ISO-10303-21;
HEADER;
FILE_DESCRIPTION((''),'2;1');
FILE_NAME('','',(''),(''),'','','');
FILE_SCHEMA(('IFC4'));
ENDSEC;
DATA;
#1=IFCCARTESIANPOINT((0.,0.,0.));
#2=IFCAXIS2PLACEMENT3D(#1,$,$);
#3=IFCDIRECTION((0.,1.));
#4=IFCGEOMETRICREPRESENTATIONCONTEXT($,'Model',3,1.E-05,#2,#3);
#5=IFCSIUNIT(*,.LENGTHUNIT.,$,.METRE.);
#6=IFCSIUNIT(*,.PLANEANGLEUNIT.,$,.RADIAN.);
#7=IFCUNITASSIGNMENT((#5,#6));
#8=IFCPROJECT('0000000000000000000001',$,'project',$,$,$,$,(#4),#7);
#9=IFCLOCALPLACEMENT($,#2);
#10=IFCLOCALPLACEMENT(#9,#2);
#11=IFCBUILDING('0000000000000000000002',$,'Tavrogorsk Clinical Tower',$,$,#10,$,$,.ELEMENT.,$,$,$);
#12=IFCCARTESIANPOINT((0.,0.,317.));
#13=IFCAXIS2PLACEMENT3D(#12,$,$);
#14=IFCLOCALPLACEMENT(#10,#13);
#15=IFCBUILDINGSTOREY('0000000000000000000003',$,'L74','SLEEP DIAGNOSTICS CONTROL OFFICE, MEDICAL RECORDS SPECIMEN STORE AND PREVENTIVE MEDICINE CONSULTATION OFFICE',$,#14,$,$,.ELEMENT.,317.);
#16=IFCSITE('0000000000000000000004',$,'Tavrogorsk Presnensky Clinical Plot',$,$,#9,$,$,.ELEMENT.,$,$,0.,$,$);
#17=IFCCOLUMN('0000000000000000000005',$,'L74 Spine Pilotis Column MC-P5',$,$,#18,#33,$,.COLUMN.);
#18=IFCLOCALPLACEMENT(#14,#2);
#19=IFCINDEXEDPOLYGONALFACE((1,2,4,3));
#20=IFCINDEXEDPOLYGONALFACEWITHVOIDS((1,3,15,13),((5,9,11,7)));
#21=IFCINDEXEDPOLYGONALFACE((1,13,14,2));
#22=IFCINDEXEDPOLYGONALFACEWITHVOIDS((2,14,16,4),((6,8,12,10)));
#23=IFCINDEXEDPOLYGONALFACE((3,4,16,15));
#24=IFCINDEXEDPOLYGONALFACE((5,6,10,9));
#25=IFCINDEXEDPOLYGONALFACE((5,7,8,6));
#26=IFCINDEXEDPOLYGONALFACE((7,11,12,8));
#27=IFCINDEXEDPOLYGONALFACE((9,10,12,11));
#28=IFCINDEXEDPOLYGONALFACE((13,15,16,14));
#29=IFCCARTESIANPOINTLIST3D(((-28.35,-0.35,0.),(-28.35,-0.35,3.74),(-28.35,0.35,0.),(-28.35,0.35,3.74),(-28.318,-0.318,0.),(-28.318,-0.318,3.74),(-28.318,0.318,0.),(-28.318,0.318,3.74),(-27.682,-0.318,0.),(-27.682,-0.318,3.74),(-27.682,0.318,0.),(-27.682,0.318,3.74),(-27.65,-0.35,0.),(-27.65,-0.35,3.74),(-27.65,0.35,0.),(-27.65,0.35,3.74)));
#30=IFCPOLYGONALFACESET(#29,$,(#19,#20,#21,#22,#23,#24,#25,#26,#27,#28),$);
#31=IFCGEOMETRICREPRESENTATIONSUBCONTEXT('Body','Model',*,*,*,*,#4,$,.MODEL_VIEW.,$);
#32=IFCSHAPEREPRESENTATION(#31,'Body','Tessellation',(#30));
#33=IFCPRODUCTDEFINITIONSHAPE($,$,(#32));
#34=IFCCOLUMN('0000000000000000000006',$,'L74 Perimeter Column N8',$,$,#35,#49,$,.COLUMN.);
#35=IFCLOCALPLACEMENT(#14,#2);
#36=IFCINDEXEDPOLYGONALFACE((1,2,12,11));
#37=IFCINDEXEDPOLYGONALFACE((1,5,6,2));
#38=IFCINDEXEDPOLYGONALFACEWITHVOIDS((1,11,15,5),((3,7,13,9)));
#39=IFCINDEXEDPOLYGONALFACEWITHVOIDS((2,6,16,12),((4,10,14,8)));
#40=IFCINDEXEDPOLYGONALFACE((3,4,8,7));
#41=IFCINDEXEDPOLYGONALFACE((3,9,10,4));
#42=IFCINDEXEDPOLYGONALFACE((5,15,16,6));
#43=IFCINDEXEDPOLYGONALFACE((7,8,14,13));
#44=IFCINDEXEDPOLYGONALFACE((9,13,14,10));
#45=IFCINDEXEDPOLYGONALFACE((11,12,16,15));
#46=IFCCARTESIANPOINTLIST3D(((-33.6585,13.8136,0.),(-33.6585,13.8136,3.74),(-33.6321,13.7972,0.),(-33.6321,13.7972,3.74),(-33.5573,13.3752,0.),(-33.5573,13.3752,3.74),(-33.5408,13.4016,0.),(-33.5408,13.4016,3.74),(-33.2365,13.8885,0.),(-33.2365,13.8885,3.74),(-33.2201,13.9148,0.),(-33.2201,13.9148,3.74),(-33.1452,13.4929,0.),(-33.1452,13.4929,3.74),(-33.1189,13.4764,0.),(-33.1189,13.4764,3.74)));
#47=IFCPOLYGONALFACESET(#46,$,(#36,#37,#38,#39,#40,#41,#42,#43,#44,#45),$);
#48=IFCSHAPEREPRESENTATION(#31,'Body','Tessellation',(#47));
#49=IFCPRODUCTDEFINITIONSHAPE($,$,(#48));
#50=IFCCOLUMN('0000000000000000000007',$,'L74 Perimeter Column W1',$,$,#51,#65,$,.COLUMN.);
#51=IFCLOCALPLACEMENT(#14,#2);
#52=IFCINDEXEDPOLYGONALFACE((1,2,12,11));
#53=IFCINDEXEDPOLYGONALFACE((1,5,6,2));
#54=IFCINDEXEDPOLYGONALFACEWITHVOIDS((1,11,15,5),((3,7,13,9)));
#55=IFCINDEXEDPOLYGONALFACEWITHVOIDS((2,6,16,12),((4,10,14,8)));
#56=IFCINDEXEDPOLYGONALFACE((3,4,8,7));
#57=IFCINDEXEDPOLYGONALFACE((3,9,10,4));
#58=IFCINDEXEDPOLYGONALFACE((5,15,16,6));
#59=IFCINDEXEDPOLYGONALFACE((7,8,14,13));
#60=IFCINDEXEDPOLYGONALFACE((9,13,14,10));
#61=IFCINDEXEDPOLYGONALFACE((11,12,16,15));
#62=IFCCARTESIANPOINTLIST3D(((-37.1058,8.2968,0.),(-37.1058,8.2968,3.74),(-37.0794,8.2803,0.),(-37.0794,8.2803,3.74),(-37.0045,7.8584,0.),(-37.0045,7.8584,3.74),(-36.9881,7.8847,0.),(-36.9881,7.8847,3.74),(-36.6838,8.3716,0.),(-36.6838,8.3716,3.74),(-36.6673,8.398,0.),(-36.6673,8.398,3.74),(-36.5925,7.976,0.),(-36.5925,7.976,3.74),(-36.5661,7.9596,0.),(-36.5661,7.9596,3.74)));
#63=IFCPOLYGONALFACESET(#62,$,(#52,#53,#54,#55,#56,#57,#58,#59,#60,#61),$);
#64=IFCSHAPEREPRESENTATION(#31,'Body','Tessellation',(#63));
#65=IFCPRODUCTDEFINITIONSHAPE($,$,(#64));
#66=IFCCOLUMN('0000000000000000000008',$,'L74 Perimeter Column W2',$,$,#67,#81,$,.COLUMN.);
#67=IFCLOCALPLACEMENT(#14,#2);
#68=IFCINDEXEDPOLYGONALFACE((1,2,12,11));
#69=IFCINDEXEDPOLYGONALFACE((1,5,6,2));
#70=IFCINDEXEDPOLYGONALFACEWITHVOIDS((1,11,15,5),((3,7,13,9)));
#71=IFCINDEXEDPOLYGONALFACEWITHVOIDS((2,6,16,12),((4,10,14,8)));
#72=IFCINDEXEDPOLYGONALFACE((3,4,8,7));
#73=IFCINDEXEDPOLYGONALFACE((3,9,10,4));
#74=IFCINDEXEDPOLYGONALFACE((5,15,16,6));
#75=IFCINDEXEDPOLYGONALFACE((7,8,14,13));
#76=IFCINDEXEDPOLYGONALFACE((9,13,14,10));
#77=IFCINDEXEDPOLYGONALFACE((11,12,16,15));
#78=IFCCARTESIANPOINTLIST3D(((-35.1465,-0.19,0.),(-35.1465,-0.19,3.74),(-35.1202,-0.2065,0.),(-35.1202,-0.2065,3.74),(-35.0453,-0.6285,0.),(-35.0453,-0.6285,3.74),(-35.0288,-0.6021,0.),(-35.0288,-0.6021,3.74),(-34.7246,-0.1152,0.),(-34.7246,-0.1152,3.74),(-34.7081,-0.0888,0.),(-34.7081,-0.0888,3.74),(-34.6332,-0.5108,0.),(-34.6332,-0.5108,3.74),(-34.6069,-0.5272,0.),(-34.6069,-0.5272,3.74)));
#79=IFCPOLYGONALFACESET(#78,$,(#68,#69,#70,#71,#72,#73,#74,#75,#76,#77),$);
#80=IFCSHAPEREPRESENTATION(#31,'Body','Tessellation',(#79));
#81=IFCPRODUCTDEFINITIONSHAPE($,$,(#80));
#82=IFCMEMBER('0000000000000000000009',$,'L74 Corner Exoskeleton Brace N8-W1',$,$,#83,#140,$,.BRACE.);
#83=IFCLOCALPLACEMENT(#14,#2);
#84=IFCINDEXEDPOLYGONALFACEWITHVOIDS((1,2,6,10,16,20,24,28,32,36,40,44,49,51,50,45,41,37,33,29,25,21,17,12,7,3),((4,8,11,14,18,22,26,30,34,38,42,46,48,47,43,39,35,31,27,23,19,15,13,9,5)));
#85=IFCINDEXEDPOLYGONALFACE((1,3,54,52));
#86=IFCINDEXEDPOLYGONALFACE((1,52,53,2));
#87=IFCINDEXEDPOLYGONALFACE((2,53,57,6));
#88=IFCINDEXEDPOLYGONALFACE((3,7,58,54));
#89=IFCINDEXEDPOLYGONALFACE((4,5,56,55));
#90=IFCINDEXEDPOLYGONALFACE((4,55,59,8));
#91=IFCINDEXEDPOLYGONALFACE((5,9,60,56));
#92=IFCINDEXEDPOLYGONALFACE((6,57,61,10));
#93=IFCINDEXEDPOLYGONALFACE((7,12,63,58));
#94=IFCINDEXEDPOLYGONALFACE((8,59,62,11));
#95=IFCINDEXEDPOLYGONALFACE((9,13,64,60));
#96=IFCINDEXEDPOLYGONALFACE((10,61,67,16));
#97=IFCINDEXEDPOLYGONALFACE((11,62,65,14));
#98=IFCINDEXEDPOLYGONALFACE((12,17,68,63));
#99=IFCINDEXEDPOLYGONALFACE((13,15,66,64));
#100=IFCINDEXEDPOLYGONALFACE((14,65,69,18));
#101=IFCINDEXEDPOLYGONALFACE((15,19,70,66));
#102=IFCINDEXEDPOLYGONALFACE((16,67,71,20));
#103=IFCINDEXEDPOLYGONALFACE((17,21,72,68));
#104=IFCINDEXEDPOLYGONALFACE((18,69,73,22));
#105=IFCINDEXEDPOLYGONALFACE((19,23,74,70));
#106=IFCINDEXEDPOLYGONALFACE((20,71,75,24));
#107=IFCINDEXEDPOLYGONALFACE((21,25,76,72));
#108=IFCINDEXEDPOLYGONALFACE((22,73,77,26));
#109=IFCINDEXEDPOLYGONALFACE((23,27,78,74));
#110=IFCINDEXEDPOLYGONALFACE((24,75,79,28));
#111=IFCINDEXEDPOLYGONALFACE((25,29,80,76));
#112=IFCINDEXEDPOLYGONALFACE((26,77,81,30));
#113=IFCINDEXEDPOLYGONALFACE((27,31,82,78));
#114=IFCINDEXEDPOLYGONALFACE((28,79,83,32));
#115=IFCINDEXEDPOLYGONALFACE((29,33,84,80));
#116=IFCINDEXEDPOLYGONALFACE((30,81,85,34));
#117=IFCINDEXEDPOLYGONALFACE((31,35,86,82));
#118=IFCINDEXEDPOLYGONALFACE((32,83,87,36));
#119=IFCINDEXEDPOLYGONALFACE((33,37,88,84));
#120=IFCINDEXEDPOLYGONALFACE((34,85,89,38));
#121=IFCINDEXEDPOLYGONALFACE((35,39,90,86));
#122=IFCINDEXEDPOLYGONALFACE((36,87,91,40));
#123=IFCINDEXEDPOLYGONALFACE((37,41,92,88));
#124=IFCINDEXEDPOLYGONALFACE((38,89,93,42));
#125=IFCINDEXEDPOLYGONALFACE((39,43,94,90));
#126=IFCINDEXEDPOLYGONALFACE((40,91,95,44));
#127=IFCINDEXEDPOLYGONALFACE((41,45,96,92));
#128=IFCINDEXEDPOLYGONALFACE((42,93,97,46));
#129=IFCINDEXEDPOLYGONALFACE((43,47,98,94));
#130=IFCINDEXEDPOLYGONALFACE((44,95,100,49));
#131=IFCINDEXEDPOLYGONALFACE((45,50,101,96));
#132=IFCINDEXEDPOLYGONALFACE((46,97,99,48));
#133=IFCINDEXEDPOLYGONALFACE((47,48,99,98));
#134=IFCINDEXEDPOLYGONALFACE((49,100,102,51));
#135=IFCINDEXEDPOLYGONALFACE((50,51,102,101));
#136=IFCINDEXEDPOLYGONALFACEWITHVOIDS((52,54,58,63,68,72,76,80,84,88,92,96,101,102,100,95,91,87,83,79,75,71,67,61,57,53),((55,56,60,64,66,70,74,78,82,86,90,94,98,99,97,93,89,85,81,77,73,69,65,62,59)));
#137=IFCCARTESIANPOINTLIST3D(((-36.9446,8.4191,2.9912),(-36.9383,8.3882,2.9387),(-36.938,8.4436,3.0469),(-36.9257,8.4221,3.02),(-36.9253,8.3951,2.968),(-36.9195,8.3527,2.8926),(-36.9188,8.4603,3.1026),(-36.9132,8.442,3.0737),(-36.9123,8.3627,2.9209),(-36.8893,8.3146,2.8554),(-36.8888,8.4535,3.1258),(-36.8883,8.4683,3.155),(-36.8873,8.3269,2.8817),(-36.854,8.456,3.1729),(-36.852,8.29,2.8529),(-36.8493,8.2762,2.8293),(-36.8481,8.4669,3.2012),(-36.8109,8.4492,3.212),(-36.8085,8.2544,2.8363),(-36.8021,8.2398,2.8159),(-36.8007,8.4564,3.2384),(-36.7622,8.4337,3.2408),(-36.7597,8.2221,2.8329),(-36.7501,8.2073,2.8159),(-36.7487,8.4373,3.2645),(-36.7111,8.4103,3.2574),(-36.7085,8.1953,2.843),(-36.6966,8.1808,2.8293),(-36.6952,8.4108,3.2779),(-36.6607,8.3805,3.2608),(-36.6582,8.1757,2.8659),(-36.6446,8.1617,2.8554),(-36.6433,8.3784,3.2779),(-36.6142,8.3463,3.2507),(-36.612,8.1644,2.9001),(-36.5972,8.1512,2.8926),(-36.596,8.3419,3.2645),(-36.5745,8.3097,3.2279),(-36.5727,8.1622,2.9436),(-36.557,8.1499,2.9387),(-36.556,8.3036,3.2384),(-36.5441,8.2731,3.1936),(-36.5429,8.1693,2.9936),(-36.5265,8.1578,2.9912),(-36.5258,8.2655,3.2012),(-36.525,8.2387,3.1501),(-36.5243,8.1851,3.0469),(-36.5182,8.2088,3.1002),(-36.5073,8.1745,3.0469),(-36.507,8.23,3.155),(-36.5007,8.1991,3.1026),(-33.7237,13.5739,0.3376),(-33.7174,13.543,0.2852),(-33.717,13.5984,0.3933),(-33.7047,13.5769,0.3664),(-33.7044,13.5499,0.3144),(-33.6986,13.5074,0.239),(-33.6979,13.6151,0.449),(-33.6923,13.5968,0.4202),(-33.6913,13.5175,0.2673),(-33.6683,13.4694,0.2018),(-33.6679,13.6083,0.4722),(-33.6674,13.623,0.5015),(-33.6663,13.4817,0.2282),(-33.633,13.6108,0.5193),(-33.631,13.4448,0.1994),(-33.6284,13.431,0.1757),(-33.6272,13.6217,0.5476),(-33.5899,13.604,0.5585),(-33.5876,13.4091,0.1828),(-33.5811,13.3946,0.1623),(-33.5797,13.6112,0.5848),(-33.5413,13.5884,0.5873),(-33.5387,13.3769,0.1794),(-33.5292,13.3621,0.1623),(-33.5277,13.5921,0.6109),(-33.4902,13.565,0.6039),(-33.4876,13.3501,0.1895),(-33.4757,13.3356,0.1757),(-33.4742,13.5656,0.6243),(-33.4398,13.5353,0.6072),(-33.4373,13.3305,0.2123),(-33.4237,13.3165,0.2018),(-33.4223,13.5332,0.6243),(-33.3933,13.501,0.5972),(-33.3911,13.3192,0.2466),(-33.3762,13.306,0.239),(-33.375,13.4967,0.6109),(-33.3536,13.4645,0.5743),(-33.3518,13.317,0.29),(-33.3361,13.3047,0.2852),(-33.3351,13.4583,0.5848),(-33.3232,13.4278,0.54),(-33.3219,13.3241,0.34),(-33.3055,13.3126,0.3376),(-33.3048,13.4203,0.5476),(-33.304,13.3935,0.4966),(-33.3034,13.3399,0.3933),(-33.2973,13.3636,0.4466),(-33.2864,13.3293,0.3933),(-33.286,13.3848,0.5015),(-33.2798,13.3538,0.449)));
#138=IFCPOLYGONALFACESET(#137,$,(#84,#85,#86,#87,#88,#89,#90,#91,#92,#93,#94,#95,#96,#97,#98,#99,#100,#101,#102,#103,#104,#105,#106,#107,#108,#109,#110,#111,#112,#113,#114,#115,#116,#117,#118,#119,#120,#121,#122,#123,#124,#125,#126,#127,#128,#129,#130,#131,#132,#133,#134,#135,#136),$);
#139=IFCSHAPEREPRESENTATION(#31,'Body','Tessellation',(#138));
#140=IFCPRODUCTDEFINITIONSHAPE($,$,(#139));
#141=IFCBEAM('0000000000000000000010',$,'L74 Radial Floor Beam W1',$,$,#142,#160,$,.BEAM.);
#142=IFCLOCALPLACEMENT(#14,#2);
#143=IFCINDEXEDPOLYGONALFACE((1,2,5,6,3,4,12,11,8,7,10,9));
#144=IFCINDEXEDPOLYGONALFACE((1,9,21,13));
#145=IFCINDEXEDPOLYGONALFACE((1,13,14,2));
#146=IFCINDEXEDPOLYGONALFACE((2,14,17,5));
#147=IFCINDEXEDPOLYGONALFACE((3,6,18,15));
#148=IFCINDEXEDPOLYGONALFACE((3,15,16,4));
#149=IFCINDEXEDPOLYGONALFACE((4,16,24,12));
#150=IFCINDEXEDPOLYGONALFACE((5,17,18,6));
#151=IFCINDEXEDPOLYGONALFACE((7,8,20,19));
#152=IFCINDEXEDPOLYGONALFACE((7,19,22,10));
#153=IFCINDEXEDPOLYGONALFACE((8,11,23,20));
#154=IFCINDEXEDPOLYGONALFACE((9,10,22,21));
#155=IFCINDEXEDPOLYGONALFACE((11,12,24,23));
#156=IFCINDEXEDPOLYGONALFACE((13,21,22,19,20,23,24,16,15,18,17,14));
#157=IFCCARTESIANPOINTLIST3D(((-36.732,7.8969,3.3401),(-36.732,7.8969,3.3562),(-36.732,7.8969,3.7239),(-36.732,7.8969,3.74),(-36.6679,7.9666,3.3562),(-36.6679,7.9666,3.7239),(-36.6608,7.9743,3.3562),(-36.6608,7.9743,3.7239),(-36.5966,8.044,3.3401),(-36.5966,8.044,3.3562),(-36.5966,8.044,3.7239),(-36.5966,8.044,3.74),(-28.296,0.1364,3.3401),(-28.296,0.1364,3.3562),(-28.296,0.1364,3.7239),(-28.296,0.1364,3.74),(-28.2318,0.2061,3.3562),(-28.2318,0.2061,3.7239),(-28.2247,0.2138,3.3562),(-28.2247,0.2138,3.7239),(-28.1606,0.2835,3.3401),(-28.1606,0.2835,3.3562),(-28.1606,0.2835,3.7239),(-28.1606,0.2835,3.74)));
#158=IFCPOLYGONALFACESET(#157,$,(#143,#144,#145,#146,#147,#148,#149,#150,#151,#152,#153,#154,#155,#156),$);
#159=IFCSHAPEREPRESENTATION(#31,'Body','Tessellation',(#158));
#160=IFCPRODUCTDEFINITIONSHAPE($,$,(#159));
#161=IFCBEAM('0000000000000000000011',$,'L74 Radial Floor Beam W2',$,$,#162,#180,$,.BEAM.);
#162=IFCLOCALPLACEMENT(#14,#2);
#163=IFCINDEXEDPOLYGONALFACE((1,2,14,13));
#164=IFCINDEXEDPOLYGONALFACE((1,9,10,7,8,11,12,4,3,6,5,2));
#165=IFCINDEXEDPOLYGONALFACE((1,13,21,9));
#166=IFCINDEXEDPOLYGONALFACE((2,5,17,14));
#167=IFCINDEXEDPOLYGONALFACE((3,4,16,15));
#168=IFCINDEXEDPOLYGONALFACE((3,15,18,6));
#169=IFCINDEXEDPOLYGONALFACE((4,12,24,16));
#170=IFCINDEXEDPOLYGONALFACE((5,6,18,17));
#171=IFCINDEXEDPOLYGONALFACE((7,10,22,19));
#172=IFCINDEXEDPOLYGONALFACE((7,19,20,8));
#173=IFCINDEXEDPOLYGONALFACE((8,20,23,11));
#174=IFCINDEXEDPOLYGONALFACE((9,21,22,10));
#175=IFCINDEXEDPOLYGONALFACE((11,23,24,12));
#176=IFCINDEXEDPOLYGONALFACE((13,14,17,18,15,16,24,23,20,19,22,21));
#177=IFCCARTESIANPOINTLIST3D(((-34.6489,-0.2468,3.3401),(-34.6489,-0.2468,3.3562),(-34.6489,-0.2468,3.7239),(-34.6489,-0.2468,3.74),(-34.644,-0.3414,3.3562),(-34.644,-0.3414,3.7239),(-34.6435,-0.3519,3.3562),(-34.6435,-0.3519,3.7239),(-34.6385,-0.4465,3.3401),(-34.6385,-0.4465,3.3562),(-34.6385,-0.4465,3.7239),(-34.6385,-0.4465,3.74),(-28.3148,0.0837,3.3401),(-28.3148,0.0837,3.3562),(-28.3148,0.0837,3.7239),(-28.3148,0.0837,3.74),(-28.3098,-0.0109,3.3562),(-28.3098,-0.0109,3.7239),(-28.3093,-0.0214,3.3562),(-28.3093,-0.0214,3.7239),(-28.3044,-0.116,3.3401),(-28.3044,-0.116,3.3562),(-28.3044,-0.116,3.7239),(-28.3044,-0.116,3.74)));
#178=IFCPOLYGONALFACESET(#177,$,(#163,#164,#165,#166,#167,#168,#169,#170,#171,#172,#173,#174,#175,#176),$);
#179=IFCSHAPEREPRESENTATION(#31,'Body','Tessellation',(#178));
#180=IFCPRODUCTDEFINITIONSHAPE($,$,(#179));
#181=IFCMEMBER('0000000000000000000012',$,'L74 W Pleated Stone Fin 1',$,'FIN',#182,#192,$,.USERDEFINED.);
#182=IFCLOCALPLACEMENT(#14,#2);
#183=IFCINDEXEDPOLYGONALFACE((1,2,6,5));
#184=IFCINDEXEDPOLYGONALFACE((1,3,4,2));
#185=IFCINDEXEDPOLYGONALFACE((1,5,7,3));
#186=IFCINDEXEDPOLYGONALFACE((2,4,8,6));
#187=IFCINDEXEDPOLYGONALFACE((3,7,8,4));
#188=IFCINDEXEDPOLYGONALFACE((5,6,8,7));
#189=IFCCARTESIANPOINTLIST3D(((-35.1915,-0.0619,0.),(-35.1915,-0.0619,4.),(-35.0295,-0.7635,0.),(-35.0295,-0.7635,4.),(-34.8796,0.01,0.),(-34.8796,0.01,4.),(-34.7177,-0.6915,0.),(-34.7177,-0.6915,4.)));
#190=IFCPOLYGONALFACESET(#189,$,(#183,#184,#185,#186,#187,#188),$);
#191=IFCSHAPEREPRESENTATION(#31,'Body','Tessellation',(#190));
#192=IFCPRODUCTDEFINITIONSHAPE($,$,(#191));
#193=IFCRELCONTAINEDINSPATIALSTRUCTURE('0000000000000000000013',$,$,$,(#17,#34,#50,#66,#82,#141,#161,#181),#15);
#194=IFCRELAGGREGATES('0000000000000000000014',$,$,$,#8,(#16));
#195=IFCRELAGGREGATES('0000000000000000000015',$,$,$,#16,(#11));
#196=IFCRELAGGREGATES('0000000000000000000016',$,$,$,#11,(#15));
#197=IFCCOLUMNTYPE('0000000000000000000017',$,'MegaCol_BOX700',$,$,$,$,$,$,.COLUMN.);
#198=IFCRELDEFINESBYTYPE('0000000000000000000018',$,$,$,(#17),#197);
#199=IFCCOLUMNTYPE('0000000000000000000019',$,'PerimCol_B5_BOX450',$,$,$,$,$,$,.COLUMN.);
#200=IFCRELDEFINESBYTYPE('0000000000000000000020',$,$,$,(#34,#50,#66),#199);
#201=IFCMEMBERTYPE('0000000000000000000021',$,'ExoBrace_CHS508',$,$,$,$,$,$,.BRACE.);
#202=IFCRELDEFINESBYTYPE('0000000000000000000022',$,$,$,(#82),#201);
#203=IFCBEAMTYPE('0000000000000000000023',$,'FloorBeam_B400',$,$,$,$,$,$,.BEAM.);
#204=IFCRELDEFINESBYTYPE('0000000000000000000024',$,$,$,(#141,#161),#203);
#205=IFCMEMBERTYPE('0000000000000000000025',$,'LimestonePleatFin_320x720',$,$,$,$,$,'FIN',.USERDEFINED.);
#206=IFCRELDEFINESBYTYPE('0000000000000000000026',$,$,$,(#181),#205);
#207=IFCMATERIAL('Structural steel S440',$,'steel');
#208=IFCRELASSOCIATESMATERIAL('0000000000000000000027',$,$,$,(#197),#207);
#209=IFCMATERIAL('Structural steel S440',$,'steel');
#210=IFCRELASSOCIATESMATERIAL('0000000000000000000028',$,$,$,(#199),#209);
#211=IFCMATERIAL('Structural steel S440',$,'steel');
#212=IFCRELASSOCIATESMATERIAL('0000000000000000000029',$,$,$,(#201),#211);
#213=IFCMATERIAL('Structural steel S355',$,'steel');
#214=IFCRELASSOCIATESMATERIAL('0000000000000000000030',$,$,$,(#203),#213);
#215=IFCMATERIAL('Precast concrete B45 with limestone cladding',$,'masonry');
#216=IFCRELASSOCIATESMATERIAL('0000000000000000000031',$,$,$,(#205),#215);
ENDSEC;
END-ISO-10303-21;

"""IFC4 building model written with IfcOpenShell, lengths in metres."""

from ifc_helpers import new_model, si_unit, direction, frame, origin, origin_2d, place, context, subcontext, project, spatial, rectangle, hollow_rectangle, hollow_circle, i_section, extrude, material, material_profile, profile_set, type_object, element, save


model = new_model("IFC4")

# Units and contexts
model_context = context("Model", 3, precision=1e-05, world=origin(), true_north=direction((0.0, 1.0)))
body_context = subcontext(model_context, "Body", "Model", "MODEL_VIEW")
ifc_project = project(units=[si_unit("LENGTHUNIT", "METRE"), si_unit("PLANEANGLEUNIT", "RADIAN")], contexts=[model_context])

# Site, building, storey
site_placement = place(None, origin())
site = spatial("IfcSite", under=ifc_project, at=site_placement, Name="Tavrogorsk Presnensky Clinical Plot", CompositionType="ELEMENT", RefElevation=0.0)
building_placement = place(site_placement, origin())
building = spatial("IfcBuilding", under=site, at=building_placement, Name="Tavrogorsk Clinical Tower", CompositionType="ELEMENT")
storey_placement = place(building_placement, frame((0.0, 0.0, 317.0)))
storey = spatial("IfcBuildingStorey", under=building, at=storey_placement, Name="L74", Description="SLEEP DIAGNOSTICS CONTROL OFFICE, MEDICAL RECORDS SPECIMEN STORE AND PREVENTIVE MEDICINE CONSULTATION OFFICE", CompositionType="ELEMENT", Elevation=317.0)

# Columns
ifc_material_1 = material(Name="Structural steel S440", Category="steel")
ifc_material_profile_1 = material_profile(ifc_material_1, hollow_rectangle(XDim=0.7, YDim=0.7, WallThickness=0.032, at=origin_2d()), Name="BOX-700x700x32")
ifc_profile_set_1 = profile_set([ifc_material_profile_1], Name="Structural steel S440")
column_type_1 = type_object("IfcColumnType", Name="MegaCol_BOX700", PredefinedType="COLUMN", material=ifc_profile_set_1)
column_placement = place(storey_placement, frame((-28.0, 0.0, 0.0), z_axis=(0.0, 0.0, 1.0), x_axis=(1.0, 0.0, 0.0)))
element("IfcColumn", 1, at=column_placement, inside=storey, type_object=column_type_1, Name="L74 Spine Pilotis Column MC-P5", PredefinedType="COLUMN", context=body_context, shape_type="SweptSolid", body=[
    extrude(hollow_rectangle(XDim=0.7, YDim=0.7, WallThickness=0.032, at=origin_2d()), origin(), (0.0, 0.0, 1.0), 3.74),
])
ifc_material_2 = material(Name="Structural steel S440", Category="steel")
ifc_material_profile_2 = material_profile(ifc_material_2, hollow_rectangle(XDim=0.45, YDim=0.45, WallThickness=0.022, at=origin_2d()), Name="BOX-450x450x22")
ifc_profile_set_2 = profile_set([ifc_material_profile_2], Name="Structural steel S440")
column_type_2 = type_object("IfcColumnType", Name="PerimCol_B5_BOX450", PredefinedType="COLUMN", material=ifc_profile_set_2)
for number, where, z_axis, x_axis, name in (
    (2, (-33.3887, 13.645, 0.0), (0.0, 0.0, 1.0), (0.97437, 0.224951, 0.0), "L74 Perimeter Column N8"),
    (3, (-36.8359, 8.1282, 0.0), (0.0, 0.0, 1.0), (0.97437, 0.224951, 0.0), "L74 Perimeter Column W1"),
    (4, (-34.8767, -0.3586, 0.0), (0.0, 0.0, 1.0), (0.97437, 0.224951, 0.0), "L74 Perimeter Column W2"),
):
    element("IfcColumn", number, at=place(storey_placement, frame(where, z_axis=z_axis, x_axis=x_axis)), inside=storey, type_object=column_type_2, Name=name, PredefinedType="COLUMN", context=body_context, shape_type="SweptSolid", body=[
        extrude(hollow_rectangle(XDim=0.45, YDim=0.45, WallThickness=0.022, at=origin_2d()), origin(), (0.0, 0.0, 1.0), 3.74),
    ])

# Member
ifc_material_3 = material(Name="Structural steel S440", Category="steel")
ifc_material_profile_3 = material_profile(ifc_material_3, hollow_circle(Radius=0.2539, WallThickness=0.02, at=origin_2d()), Name="CHS-508x20")
ifc_profile_set_3 = profile_set([ifc_material_profile_3], Name="Structural steel S440")
member_type_1 = type_object("IfcMemberType", Name="ExoBrace_CHS508", PredefinedType="BRACE", material=ifc_profile_set_3)
member_1_placement = place(storey_placement, frame((-33.5017, 13.4639, 0.3933), z_axis=(-0.485644, -0.777222, 0.400096), x_axis=(0.848057, -0.529905, 0.0)))
element("IfcMember", 5, at=member_1_placement, inside=storey, type_object=member_type_1, Name="L74 Corner Exoskeleton Brace N8-W1", PredefinedType="BRACE", context=body_context, shape_type="SweptSolid", body=[
    extrude(hollow_circle(Radius=0.2539, WallThickness=0.02, at=origin_2d()), origin(), (0.0, 0.0, 1.0), 6.6323),
])

# Beams
ifc_material_4 = material(Name="Structural steel S355", Category="steel")
ifc_material_profile_4 = material_profile(ifc_material_4, i_section(OverallWidth=0.2, OverallDepth=0.3999, WebThickness=0.0105, FlangeThickness=0.0161, at=origin_2d()), Name="B-400x200x10.5x16")
ifc_profile_set_4 = profile_set([ifc_material_profile_4], Name="Structural steel S355")
beam_type_1 = type_object("IfcBeamType", Name="FloorBeam_B400", PredefinedType="BEAM", material=ifc_profile_set_4)
beam_1_placement = place(storey_placement, frame((-28.2283, 0.21, 3.54), z_axis=(-0.735959, 0.677026, 0.0), x_axis=(-0.677026, -0.735959, 0.0)))
element("IfcBeam", 6, at=beam_1_placement, inside=storey, type_object=beam_type_1, Name="L74 Radial Floor Beam W1", PredefinedType="BEAM", context=body_context, shape_type="SweptSolid", body=[
    extrude(i_section(OverallWidth=0.2, OverallDepth=0.3999, WebThickness=0.0105, FlangeThickness=0.0161, at=origin_2d()), origin(), (0.0, 0.0, 1.0), 11.4626),
])
beam_2_placement = place(storey_placement, frame((-28.3096, -0.0161, 3.54), z_axis=(-0.998641, -0.052116, 0.0), x_axis=(0.052116, -0.998641, 0.0)))
element("IfcBeam", 7, at=beam_2_placement, inside=storey, type_object=beam_type_1, Name="L74 Radial Floor Beam W2", PredefinedType="BEAM", context=body_context, shape_type="SweptSolid", body=[
    extrude(i_section(OverallWidth=0.2, OverallDepth=0.3999, WebThickness=0.0105, FlangeThickness=0.0161, at=origin_2d()), origin(), (0.0, 0.0, 1.0), 6.3428),
])

# Member
ifc_material_5 = material(Name="Precast concrete B45 with limestone cladding", Category="masonry")
ifc_material_profile_5 = material_profile(ifc_material_5, rectangle(XDim=0.3201, YDim=0.72, at=origin_2d()), Name="LIMESTONE-FIN-320x720")
ifc_profile_set_5 = profile_set([ifc_material_profile_5], Name="Precast concrete B45 with limestone cladding")
member_type_2 = type_object("IfcMemberType", Name="LimestonePleatFin_320x720", ElementType="FIN", PredefinedType="USERDEFINED", material=ifc_profile_set_5)
member_2_placement = place(storey_placement, frame((-34.9546, -0.3767, 0.0), z_axis=(0.0, 0.0, 1.0), x_axis=(0.97437, 0.224951, 0.0)))
element("IfcMember", 8, at=member_2_placement, inside=storey, type_object=member_type_2, Name="L74 W Pleated Stone Fin 1", ObjectType="FIN", PredefinedType="USERDEFINED", context=body_context, shape_type="SweptSolid", body=[
    extrude(rectangle(XDim=0.3201, YDim=0.72, at=origin_2d()), origin(), (0.0, 0.0, 1.0), 4.0),
])

save(model, "model.ifc")
